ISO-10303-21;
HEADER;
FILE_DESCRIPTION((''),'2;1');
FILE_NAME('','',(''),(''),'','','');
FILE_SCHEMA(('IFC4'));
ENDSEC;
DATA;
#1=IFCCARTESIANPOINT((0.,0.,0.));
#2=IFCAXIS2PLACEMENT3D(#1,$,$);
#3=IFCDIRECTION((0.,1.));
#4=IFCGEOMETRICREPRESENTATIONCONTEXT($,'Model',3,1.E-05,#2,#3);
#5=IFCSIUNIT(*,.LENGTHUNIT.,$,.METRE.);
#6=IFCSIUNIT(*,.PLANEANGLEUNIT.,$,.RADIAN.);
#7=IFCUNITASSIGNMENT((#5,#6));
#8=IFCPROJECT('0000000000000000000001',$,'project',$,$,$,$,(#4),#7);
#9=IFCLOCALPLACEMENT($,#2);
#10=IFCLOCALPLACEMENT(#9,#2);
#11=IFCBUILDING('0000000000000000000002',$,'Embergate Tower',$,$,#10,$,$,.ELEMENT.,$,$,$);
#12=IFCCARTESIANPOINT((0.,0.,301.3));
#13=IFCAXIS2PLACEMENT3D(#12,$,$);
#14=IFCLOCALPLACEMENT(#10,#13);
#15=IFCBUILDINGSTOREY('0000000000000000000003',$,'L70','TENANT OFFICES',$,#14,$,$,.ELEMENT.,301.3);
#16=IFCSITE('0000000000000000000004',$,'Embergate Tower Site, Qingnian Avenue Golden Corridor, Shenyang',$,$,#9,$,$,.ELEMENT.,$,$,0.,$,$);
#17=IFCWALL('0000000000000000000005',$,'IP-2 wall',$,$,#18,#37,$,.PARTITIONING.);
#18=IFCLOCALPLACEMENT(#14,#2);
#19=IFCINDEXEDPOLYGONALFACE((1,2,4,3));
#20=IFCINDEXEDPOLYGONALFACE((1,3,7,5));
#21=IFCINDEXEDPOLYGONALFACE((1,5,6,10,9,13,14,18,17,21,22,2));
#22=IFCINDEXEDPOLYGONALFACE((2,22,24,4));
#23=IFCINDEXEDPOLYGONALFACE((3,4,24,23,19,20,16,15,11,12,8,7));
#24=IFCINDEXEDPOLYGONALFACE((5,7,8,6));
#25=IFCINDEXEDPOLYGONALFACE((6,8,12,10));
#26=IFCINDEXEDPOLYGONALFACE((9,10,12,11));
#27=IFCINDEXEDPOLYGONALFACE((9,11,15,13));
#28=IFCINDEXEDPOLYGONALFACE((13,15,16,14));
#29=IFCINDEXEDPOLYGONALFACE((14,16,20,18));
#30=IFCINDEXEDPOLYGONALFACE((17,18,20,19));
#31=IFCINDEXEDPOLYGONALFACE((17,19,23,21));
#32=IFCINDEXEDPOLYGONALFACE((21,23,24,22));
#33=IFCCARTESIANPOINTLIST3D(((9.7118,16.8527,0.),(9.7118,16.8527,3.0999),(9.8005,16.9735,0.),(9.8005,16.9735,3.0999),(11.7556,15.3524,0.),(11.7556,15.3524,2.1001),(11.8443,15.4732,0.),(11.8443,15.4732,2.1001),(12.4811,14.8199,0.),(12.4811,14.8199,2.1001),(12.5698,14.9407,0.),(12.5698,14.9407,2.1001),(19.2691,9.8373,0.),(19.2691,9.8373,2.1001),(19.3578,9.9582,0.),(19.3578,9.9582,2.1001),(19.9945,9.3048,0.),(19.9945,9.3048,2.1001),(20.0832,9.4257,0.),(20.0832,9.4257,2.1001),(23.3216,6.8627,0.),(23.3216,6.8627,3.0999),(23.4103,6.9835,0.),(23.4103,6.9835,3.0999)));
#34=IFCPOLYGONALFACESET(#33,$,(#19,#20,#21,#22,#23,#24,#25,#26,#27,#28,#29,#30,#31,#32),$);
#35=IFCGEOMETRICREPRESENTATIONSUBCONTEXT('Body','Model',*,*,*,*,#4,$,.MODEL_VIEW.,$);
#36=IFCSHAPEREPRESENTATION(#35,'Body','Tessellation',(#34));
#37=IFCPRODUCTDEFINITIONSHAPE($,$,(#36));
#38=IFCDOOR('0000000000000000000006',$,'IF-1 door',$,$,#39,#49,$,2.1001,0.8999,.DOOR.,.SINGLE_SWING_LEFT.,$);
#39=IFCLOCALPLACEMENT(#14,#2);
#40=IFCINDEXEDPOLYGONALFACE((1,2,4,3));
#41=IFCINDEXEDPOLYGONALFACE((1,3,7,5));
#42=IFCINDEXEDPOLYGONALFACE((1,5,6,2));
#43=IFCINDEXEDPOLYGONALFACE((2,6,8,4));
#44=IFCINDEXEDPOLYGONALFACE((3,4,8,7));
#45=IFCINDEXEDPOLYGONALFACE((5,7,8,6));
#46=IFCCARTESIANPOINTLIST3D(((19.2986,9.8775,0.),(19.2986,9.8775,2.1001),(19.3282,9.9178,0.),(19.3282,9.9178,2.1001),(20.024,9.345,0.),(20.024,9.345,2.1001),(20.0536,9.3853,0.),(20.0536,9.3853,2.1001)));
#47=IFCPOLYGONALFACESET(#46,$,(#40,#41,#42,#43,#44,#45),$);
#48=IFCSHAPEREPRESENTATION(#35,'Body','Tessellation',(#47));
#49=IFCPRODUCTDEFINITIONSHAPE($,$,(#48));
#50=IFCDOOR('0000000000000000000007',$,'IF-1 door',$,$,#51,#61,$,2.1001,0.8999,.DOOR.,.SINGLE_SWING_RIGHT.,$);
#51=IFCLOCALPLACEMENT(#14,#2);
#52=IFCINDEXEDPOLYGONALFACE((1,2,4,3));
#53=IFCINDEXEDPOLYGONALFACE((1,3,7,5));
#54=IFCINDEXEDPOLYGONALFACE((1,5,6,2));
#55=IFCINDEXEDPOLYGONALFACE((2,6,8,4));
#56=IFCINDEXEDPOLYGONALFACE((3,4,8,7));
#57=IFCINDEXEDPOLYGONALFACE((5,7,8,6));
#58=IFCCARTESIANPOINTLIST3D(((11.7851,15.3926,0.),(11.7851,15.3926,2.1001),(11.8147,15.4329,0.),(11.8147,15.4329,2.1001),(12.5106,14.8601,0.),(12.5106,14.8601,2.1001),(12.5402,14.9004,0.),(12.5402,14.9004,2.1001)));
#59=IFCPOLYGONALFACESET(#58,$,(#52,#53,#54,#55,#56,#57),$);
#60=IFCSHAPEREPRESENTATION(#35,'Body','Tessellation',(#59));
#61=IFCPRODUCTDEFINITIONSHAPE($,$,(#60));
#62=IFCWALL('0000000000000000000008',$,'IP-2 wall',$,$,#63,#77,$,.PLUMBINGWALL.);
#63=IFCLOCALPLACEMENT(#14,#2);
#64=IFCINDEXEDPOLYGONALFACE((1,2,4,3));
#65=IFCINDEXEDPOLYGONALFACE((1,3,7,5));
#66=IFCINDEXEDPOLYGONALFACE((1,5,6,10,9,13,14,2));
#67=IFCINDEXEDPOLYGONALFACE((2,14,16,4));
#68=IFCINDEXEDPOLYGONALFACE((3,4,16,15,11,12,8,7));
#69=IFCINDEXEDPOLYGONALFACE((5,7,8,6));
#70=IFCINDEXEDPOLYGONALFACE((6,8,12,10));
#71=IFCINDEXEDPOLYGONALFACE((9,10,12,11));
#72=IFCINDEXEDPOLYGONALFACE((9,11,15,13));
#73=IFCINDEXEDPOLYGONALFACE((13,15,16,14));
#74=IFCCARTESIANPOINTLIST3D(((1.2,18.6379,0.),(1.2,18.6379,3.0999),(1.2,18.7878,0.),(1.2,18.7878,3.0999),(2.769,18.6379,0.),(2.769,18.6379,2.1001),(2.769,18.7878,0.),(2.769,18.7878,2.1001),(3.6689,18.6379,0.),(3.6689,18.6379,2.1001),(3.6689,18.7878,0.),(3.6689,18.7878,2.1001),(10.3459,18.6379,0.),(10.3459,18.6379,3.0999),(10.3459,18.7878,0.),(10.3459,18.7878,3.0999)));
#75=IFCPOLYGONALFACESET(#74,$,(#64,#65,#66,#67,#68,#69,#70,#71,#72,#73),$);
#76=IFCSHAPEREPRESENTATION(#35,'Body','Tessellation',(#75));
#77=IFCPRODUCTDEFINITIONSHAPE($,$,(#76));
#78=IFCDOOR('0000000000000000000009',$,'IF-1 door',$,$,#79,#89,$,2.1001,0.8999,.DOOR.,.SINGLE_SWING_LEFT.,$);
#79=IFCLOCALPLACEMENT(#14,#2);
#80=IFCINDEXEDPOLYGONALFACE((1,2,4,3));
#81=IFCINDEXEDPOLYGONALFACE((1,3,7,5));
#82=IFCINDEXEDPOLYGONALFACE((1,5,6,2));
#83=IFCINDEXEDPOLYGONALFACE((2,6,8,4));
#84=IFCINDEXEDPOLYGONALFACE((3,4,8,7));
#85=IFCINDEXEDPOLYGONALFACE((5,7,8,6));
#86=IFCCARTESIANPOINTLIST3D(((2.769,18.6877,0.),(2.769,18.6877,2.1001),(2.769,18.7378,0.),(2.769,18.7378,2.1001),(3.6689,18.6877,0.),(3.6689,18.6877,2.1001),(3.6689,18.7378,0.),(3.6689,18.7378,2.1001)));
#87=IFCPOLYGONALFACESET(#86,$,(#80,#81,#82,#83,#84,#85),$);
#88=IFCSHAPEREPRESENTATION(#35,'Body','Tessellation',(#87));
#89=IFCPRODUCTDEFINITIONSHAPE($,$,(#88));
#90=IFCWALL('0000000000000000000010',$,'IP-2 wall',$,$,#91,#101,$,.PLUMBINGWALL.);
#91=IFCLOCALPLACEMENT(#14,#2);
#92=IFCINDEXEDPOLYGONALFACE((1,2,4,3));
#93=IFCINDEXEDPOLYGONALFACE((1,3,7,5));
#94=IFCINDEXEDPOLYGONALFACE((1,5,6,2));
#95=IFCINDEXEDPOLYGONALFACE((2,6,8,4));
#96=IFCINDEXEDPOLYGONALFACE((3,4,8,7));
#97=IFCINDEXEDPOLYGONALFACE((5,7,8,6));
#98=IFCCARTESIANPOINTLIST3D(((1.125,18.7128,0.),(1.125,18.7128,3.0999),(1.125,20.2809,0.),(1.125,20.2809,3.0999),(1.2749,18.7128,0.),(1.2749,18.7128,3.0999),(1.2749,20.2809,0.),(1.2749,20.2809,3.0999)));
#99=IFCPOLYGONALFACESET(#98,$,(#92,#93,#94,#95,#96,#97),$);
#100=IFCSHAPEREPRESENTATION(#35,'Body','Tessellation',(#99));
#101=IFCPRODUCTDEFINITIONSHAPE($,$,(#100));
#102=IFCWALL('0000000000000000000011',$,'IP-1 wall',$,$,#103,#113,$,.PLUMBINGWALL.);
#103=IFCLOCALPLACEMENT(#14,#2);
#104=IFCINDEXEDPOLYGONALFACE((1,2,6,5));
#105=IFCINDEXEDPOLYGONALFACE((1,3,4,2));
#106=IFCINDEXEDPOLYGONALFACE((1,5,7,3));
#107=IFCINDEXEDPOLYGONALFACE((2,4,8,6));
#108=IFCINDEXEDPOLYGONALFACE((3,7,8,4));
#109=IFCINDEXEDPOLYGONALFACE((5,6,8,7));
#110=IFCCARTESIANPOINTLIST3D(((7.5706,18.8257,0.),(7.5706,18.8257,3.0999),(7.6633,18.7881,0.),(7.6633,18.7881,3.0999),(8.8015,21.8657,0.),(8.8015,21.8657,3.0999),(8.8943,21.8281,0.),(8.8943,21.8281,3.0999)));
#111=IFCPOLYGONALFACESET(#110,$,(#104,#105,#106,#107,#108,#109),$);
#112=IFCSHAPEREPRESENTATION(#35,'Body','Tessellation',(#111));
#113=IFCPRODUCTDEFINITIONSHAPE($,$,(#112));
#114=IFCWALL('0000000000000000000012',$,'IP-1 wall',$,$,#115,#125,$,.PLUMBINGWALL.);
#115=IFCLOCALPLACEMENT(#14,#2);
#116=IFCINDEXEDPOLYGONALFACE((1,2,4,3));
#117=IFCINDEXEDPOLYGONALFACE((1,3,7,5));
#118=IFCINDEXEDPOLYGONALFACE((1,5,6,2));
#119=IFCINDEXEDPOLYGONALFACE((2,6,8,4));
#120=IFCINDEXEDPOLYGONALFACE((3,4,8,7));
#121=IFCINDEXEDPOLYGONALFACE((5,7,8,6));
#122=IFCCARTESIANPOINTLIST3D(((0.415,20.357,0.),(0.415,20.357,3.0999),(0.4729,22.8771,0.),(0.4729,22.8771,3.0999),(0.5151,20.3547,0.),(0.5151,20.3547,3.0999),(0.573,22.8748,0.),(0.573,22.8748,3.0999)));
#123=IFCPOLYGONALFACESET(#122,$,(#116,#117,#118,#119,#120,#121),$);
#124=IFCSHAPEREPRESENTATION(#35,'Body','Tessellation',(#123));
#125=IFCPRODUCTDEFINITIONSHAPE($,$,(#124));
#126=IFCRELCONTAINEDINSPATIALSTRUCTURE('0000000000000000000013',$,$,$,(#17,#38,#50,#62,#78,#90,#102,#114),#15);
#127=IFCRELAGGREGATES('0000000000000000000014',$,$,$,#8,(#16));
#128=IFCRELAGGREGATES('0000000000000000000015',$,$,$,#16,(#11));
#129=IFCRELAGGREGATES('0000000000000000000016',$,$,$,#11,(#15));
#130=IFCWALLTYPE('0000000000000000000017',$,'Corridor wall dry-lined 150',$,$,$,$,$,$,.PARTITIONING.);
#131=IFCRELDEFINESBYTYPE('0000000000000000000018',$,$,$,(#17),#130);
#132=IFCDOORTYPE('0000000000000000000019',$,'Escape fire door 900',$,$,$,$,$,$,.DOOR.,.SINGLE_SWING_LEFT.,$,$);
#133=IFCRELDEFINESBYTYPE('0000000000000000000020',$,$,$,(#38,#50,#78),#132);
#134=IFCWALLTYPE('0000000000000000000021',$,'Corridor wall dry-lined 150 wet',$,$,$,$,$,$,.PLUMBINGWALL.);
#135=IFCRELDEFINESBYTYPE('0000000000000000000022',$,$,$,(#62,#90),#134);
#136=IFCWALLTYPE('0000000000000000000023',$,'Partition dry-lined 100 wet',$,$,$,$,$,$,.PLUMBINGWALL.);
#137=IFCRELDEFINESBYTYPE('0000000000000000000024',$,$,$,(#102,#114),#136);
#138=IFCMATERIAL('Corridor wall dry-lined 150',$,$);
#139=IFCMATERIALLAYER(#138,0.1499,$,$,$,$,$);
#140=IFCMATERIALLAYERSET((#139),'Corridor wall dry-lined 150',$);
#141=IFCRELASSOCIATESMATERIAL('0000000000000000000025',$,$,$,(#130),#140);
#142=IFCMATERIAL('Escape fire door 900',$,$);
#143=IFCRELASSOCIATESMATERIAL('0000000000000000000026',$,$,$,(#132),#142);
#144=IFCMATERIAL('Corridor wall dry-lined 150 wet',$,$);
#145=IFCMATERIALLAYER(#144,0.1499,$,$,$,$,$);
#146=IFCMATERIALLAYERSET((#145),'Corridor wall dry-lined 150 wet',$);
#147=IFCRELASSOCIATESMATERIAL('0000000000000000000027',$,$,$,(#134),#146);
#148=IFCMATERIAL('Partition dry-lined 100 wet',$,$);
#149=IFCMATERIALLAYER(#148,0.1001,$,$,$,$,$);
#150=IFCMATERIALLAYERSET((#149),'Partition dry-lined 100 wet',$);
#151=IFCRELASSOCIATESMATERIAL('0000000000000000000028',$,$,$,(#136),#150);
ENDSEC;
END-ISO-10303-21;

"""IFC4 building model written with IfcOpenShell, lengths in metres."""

from ifc_helpers import new_model, si_unit, direction, frame, frame_2d, origin, place, context, subcontext, project, spatial, rectangle, extrude, source, transform, mapped, material, layer, layer_set, type_object, element, fill, save


model = new_model("IFC4")

# Units and contexts
model_context = context("Model", 3, precision=1e-05, world=origin(), true_north=direction((0.0, 1.0)))
body_context = subcontext(model_context, "Body", "Model", "MODEL_VIEW")
ifc_project = project(units=[si_unit("LENGTHUNIT", "METRE"), si_unit("PLANEANGLEUNIT", "RADIAN")], contexts=[model_context])

# Site, building, storey
site_placement = place(None, origin())
site = spatial("IfcSite", under=ifc_project, at=site_placement, Name="Embergate Tower Site, Qingnian Avenue Golden Corridor, Shenyang", CompositionType="ELEMENT", RefElevation=0.0)
building_placement = place(site_placement, origin())
building = spatial("IfcBuilding", under=site, at=building_placement, Name="Embergate Tower", CompositionType="ELEMENT")
storey_placement = place(building_placement, frame((0.0, 0.0, 301.3)))
storey = spatial("IfcBuildingStorey", under=building, at=storey_placement, Name="L70", Description="TENANT OFFICES", CompositionType="ELEMENT", Elevation=301.3)

# Wall, openings, doors
ifc_material_1 = material(Name="Corridor wall dry-lined 150")
ifc_layer_1 = layer(ifc_material_1, 0.1499)
ifc_layer_set_1 = layer_set([ifc_layer_1], Name="Corridor wall dry-lined 150")
wall_type_1 = type_object("IfcWallType", Name="Corridor wall dry-lined 150", PredefinedType="PARTITIONING", material=ifc_layer_set_1)
shared_shape_1 = source(origin(), body_context, "Body", "SweptSolid", [
    extrude(rectangle(XDim=16.8828, YDim=0.1499, at=frame_2d((8.4414, 0.0))), origin(), (0.0, 0.0, 1.0), 3.0999),
])
wall_1_placement = place(storey_placement, frame((9.7561, 16.9131, 0.0), z_axis=(0.0, 0.0, 1.0), x_axis=(0.806139, -0.591727, 0.0)))
wall_1 = element("IfcWall", 1, at=wall_1_placement, inside=storey, type_object=wall_type_1, Name="IP-2 wall", PredefinedType="PARTITIONING", context=body_context, shape_type="MappedRepresentation", body=[
    mapped(shared_shape_1, transform((0.0, 0.0, 0.0))),
])
shared_shape_2 = source(origin(), body_context, "Body", "SweptSolid", [
    extrude(rectangle(XDim=0.8999, YDim=2.1001, at=frame_2d((0.45, 1.05))), frame((0.0, 0.085, 0.0), z_axis=(0.0, -1.0, 0.0), x_axis=(1.0, 0.0, 0.0)), (0.0, 0.0, 1.0), 0.1699),
])
opening_1_placement = place(wall_1_placement, frame((11.8557, 0.0, 0.0)))
opening_1 = element("IfcOpeningElement", 2, at=opening_1_placement, cuts=wall_1, PredefinedType="OPENING", context=body_context, shape_type="MappedRepresentation", body=[
    mapped(shared_shape_2, transform((0.0, 0.0, 0.0))),
])
opening_2_placement = place(wall_1_placement, frame((2.5354, 0.0, 0.0)))
opening_2 = element("IfcOpeningElement", 3, at=opening_2_placement, cuts=wall_1, PredefinedType="OPENING", context=body_context, shape_type="MappedRepresentation", body=[
    mapped(shared_shape_2, transform((0.0, 0.0, 0.0))),
])
ifc_material_2 = material(Name="Escape fire door 900")
door_type = type_object("IfcDoorType", Name="Escape fire door 900", OperationType="SINGLE_SWING_LEFT", PredefinedType="DOOR", material=ifc_material_2)
shared_shape_3 = source(origin(), body_context, "Body", "SweptSolid", [
    extrude(rectangle(XDim=0.8999, YDim=2.1001, at=frame_2d((0.45, 1.05))), frame((0.0, 0.0249, 0.0), z_axis=(0.0, -1.0, 0.0), x_axis=(1.0, 0.0, 0.0)), (0.0, 0.0, 1.0), 0.05),
])
door_1_placement = place(opening_1_placement, origin())
door_1 = element("IfcDoor", 4, at=door_1_placement, inside=storey, type_object=door_type, Name="IF-1 door", OperationType="SINGLE_SWING_LEFT", OverallHeight=2.1001, OverallWidth=0.8999, PredefinedType="DOOR", context=body_context, shape_type="MappedRepresentation", body=[
    mapped(shared_shape_3, transform((0.0, 0.0, 0.0))),
])
fill(opening_1, door_1)
door_2_placement = place(opening_2_placement, origin())
door_2 = element("IfcDoor", 5, at=door_2_placement, inside=storey, type_object=door_type, Name="IF-1 door", OperationType="SINGLE_SWING_RIGHT", OverallHeight=2.1001, OverallWidth=0.8999, PredefinedType="DOOR", context=body_context, shape_type="MappedRepresentation", body=[
    mapped(shared_shape_3, transform((0.0, 0.0, 0.0))),
])
fill(opening_2, door_2)

# Wall, opening, door
ifc_material_3 = material(Name="Corridor wall dry-lined 150 wet")
ifc_layer_2 = layer(ifc_material_3, 0.1499)
ifc_layer_set_2 = layer_set([ifc_layer_2], Name="Corridor wall dry-lined 150 wet")
wall_type_2 = type_object("IfcWallType", Name="Corridor wall dry-lined 150 wet", PredefinedType="PLUMBINGWALL", material=ifc_layer_set_2)
shared_shape_4 = source(origin(), body_context, "Body", "SweptSolid", [
    extrude(rectangle(XDim=9.146, YDim=0.1499, at=frame_2d((4.573, 0.0))), origin(), (0.0, 0.0, 1.0), 3.0999),
])
wall_2_placement = place(storey_placement, frame((1.2, 18.7129, 0.0), z_axis=(0.0, 0.0, 1.0), x_axis=(1.0, 0.0, 0.0)))
wall_2 = element("IfcWall", 6, at=wall_2_placement, inside=storey, type_object=wall_type_2, Name="IP-2 wall", PredefinedType="PLUMBINGWALL", context=body_context, shape_type="MappedRepresentation", body=[
    mapped(shared_shape_4, transform((0.0, 0.0, 0.0))),
])
opening_3_placement = place(wall_2_placement, frame((1.5691, 0.0, 0.0)))
opening_3 = element("IfcOpeningElement", 7, at=opening_3_placement, cuts=wall_2, PredefinedType="OPENING", context=body_context, shape_type="MappedRepresentation", body=[
    mapped(shared_shape_2, transform((0.0, 0.0, 0.0))),
])
door_3_placement = place(opening_3_placement, origin())
door_3 = element("IfcDoor", 8, at=door_3_placement, inside=storey, type_object=door_type, Name="IF-1 door", OperationType="SINGLE_SWING_LEFT", OverallHeight=2.1001, OverallWidth=0.8999, PredefinedType="DOOR", context=body_context, shape_type="MappedRepresentation", body=[
    mapped(shared_shape_3, transform((0.0, 0.0, 0.0))),
])
fill(opening_3, door_3)

# Walls
shared_shape_5 = source(origin(), body_context, "Body", "SweptSolid", [
    extrude(rectangle(XDim=1.5681, YDim=0.1499, at=frame_2d((0.7842, 0.0))), origin(), (0.0, 0.0, 1.0), 3.0999),
])
wall_3_placement = place(storey_placement, frame((1.2, 20.281, 0.0), z_axis=(0.0, 0.0, 1.0), x_axis=(0.0, -1.0, 0.0)))
element("IfcWall", 9, at=wall_3_placement, inside=storey, type_object=wall_type_2, Name="IP-2 wall", PredefinedType="PLUMBINGWALL", context=body_context, shape_type="MappedRepresentation", body=[
    mapped(shared_shape_5, transform((0.0, 0.0, 0.0))),
])
ifc_material_4 = material(Name="Partition dry-lined 100 wet")
ifc_layer_3 = layer(ifc_material_4, 0.1001)
ifc_layer_set_3 = layer_set([ifc_layer_3], Name="Partition dry-lined 100 wet")
wall_type_3 = type_object("IfcWallType", Name="Partition dry-lined 100 wet", PredefinedType="PLUMBINGWALL", material=ifc_layer_set_3)
shared_shape_6 = source(origin(), body_context, "Body", "SweptSolid", [
    extrude(rectangle(XDim=3.2798, YDim=0.1001, at=frame_2d((1.6399, 0.0))), origin(), (0.0, 0.0, 1.0), 3.0999),
])
wall_4_placement = place(storey_placement, frame((7.6169, 18.8069, 0.0), z_axis=(0.0, 0.0, 1.0), x_axis=(0.375315, 0.926897, 0.0)))
element("IfcWall", 10, at=wall_4_placement, inside=storey, type_object=wall_type_3, Name="IP-1 wall", PredefinedType="PLUMBINGWALL", context=body_context, shape_type="MappedRepresentation", body=[
    mapped(shared_shape_6, transform((0.0, 0.0, 0.0))),
])
shared_shape_7 = source(origin(), body_context, "Body", "SweptSolid", [
    extrude(rectangle(XDim=2.5208, YDim=0.1001, at=frame_2d((1.2603, 0.0))), origin(), (0.0, 0.0, 1.0), 3.0999),
])
wall_5_placement = place(storey_placement, frame((0.4651, 20.356, 0.0), z_axis=(0.0, 0.0, 1.0), x_axis=(0.022955, 0.999737, 0.0)))
element("IfcWall", 11, at=wall_5_placement, inside=storey, type_object=wall_type_3, Name="IP-1 wall", PredefinedType="PLUMBINGWALL", context=body_context, shape_type="MappedRepresentation", body=[
    mapped(shared_shape_7, transform((0.0, 0.0, 0.0))),
])

save(model, "model.ifc")
